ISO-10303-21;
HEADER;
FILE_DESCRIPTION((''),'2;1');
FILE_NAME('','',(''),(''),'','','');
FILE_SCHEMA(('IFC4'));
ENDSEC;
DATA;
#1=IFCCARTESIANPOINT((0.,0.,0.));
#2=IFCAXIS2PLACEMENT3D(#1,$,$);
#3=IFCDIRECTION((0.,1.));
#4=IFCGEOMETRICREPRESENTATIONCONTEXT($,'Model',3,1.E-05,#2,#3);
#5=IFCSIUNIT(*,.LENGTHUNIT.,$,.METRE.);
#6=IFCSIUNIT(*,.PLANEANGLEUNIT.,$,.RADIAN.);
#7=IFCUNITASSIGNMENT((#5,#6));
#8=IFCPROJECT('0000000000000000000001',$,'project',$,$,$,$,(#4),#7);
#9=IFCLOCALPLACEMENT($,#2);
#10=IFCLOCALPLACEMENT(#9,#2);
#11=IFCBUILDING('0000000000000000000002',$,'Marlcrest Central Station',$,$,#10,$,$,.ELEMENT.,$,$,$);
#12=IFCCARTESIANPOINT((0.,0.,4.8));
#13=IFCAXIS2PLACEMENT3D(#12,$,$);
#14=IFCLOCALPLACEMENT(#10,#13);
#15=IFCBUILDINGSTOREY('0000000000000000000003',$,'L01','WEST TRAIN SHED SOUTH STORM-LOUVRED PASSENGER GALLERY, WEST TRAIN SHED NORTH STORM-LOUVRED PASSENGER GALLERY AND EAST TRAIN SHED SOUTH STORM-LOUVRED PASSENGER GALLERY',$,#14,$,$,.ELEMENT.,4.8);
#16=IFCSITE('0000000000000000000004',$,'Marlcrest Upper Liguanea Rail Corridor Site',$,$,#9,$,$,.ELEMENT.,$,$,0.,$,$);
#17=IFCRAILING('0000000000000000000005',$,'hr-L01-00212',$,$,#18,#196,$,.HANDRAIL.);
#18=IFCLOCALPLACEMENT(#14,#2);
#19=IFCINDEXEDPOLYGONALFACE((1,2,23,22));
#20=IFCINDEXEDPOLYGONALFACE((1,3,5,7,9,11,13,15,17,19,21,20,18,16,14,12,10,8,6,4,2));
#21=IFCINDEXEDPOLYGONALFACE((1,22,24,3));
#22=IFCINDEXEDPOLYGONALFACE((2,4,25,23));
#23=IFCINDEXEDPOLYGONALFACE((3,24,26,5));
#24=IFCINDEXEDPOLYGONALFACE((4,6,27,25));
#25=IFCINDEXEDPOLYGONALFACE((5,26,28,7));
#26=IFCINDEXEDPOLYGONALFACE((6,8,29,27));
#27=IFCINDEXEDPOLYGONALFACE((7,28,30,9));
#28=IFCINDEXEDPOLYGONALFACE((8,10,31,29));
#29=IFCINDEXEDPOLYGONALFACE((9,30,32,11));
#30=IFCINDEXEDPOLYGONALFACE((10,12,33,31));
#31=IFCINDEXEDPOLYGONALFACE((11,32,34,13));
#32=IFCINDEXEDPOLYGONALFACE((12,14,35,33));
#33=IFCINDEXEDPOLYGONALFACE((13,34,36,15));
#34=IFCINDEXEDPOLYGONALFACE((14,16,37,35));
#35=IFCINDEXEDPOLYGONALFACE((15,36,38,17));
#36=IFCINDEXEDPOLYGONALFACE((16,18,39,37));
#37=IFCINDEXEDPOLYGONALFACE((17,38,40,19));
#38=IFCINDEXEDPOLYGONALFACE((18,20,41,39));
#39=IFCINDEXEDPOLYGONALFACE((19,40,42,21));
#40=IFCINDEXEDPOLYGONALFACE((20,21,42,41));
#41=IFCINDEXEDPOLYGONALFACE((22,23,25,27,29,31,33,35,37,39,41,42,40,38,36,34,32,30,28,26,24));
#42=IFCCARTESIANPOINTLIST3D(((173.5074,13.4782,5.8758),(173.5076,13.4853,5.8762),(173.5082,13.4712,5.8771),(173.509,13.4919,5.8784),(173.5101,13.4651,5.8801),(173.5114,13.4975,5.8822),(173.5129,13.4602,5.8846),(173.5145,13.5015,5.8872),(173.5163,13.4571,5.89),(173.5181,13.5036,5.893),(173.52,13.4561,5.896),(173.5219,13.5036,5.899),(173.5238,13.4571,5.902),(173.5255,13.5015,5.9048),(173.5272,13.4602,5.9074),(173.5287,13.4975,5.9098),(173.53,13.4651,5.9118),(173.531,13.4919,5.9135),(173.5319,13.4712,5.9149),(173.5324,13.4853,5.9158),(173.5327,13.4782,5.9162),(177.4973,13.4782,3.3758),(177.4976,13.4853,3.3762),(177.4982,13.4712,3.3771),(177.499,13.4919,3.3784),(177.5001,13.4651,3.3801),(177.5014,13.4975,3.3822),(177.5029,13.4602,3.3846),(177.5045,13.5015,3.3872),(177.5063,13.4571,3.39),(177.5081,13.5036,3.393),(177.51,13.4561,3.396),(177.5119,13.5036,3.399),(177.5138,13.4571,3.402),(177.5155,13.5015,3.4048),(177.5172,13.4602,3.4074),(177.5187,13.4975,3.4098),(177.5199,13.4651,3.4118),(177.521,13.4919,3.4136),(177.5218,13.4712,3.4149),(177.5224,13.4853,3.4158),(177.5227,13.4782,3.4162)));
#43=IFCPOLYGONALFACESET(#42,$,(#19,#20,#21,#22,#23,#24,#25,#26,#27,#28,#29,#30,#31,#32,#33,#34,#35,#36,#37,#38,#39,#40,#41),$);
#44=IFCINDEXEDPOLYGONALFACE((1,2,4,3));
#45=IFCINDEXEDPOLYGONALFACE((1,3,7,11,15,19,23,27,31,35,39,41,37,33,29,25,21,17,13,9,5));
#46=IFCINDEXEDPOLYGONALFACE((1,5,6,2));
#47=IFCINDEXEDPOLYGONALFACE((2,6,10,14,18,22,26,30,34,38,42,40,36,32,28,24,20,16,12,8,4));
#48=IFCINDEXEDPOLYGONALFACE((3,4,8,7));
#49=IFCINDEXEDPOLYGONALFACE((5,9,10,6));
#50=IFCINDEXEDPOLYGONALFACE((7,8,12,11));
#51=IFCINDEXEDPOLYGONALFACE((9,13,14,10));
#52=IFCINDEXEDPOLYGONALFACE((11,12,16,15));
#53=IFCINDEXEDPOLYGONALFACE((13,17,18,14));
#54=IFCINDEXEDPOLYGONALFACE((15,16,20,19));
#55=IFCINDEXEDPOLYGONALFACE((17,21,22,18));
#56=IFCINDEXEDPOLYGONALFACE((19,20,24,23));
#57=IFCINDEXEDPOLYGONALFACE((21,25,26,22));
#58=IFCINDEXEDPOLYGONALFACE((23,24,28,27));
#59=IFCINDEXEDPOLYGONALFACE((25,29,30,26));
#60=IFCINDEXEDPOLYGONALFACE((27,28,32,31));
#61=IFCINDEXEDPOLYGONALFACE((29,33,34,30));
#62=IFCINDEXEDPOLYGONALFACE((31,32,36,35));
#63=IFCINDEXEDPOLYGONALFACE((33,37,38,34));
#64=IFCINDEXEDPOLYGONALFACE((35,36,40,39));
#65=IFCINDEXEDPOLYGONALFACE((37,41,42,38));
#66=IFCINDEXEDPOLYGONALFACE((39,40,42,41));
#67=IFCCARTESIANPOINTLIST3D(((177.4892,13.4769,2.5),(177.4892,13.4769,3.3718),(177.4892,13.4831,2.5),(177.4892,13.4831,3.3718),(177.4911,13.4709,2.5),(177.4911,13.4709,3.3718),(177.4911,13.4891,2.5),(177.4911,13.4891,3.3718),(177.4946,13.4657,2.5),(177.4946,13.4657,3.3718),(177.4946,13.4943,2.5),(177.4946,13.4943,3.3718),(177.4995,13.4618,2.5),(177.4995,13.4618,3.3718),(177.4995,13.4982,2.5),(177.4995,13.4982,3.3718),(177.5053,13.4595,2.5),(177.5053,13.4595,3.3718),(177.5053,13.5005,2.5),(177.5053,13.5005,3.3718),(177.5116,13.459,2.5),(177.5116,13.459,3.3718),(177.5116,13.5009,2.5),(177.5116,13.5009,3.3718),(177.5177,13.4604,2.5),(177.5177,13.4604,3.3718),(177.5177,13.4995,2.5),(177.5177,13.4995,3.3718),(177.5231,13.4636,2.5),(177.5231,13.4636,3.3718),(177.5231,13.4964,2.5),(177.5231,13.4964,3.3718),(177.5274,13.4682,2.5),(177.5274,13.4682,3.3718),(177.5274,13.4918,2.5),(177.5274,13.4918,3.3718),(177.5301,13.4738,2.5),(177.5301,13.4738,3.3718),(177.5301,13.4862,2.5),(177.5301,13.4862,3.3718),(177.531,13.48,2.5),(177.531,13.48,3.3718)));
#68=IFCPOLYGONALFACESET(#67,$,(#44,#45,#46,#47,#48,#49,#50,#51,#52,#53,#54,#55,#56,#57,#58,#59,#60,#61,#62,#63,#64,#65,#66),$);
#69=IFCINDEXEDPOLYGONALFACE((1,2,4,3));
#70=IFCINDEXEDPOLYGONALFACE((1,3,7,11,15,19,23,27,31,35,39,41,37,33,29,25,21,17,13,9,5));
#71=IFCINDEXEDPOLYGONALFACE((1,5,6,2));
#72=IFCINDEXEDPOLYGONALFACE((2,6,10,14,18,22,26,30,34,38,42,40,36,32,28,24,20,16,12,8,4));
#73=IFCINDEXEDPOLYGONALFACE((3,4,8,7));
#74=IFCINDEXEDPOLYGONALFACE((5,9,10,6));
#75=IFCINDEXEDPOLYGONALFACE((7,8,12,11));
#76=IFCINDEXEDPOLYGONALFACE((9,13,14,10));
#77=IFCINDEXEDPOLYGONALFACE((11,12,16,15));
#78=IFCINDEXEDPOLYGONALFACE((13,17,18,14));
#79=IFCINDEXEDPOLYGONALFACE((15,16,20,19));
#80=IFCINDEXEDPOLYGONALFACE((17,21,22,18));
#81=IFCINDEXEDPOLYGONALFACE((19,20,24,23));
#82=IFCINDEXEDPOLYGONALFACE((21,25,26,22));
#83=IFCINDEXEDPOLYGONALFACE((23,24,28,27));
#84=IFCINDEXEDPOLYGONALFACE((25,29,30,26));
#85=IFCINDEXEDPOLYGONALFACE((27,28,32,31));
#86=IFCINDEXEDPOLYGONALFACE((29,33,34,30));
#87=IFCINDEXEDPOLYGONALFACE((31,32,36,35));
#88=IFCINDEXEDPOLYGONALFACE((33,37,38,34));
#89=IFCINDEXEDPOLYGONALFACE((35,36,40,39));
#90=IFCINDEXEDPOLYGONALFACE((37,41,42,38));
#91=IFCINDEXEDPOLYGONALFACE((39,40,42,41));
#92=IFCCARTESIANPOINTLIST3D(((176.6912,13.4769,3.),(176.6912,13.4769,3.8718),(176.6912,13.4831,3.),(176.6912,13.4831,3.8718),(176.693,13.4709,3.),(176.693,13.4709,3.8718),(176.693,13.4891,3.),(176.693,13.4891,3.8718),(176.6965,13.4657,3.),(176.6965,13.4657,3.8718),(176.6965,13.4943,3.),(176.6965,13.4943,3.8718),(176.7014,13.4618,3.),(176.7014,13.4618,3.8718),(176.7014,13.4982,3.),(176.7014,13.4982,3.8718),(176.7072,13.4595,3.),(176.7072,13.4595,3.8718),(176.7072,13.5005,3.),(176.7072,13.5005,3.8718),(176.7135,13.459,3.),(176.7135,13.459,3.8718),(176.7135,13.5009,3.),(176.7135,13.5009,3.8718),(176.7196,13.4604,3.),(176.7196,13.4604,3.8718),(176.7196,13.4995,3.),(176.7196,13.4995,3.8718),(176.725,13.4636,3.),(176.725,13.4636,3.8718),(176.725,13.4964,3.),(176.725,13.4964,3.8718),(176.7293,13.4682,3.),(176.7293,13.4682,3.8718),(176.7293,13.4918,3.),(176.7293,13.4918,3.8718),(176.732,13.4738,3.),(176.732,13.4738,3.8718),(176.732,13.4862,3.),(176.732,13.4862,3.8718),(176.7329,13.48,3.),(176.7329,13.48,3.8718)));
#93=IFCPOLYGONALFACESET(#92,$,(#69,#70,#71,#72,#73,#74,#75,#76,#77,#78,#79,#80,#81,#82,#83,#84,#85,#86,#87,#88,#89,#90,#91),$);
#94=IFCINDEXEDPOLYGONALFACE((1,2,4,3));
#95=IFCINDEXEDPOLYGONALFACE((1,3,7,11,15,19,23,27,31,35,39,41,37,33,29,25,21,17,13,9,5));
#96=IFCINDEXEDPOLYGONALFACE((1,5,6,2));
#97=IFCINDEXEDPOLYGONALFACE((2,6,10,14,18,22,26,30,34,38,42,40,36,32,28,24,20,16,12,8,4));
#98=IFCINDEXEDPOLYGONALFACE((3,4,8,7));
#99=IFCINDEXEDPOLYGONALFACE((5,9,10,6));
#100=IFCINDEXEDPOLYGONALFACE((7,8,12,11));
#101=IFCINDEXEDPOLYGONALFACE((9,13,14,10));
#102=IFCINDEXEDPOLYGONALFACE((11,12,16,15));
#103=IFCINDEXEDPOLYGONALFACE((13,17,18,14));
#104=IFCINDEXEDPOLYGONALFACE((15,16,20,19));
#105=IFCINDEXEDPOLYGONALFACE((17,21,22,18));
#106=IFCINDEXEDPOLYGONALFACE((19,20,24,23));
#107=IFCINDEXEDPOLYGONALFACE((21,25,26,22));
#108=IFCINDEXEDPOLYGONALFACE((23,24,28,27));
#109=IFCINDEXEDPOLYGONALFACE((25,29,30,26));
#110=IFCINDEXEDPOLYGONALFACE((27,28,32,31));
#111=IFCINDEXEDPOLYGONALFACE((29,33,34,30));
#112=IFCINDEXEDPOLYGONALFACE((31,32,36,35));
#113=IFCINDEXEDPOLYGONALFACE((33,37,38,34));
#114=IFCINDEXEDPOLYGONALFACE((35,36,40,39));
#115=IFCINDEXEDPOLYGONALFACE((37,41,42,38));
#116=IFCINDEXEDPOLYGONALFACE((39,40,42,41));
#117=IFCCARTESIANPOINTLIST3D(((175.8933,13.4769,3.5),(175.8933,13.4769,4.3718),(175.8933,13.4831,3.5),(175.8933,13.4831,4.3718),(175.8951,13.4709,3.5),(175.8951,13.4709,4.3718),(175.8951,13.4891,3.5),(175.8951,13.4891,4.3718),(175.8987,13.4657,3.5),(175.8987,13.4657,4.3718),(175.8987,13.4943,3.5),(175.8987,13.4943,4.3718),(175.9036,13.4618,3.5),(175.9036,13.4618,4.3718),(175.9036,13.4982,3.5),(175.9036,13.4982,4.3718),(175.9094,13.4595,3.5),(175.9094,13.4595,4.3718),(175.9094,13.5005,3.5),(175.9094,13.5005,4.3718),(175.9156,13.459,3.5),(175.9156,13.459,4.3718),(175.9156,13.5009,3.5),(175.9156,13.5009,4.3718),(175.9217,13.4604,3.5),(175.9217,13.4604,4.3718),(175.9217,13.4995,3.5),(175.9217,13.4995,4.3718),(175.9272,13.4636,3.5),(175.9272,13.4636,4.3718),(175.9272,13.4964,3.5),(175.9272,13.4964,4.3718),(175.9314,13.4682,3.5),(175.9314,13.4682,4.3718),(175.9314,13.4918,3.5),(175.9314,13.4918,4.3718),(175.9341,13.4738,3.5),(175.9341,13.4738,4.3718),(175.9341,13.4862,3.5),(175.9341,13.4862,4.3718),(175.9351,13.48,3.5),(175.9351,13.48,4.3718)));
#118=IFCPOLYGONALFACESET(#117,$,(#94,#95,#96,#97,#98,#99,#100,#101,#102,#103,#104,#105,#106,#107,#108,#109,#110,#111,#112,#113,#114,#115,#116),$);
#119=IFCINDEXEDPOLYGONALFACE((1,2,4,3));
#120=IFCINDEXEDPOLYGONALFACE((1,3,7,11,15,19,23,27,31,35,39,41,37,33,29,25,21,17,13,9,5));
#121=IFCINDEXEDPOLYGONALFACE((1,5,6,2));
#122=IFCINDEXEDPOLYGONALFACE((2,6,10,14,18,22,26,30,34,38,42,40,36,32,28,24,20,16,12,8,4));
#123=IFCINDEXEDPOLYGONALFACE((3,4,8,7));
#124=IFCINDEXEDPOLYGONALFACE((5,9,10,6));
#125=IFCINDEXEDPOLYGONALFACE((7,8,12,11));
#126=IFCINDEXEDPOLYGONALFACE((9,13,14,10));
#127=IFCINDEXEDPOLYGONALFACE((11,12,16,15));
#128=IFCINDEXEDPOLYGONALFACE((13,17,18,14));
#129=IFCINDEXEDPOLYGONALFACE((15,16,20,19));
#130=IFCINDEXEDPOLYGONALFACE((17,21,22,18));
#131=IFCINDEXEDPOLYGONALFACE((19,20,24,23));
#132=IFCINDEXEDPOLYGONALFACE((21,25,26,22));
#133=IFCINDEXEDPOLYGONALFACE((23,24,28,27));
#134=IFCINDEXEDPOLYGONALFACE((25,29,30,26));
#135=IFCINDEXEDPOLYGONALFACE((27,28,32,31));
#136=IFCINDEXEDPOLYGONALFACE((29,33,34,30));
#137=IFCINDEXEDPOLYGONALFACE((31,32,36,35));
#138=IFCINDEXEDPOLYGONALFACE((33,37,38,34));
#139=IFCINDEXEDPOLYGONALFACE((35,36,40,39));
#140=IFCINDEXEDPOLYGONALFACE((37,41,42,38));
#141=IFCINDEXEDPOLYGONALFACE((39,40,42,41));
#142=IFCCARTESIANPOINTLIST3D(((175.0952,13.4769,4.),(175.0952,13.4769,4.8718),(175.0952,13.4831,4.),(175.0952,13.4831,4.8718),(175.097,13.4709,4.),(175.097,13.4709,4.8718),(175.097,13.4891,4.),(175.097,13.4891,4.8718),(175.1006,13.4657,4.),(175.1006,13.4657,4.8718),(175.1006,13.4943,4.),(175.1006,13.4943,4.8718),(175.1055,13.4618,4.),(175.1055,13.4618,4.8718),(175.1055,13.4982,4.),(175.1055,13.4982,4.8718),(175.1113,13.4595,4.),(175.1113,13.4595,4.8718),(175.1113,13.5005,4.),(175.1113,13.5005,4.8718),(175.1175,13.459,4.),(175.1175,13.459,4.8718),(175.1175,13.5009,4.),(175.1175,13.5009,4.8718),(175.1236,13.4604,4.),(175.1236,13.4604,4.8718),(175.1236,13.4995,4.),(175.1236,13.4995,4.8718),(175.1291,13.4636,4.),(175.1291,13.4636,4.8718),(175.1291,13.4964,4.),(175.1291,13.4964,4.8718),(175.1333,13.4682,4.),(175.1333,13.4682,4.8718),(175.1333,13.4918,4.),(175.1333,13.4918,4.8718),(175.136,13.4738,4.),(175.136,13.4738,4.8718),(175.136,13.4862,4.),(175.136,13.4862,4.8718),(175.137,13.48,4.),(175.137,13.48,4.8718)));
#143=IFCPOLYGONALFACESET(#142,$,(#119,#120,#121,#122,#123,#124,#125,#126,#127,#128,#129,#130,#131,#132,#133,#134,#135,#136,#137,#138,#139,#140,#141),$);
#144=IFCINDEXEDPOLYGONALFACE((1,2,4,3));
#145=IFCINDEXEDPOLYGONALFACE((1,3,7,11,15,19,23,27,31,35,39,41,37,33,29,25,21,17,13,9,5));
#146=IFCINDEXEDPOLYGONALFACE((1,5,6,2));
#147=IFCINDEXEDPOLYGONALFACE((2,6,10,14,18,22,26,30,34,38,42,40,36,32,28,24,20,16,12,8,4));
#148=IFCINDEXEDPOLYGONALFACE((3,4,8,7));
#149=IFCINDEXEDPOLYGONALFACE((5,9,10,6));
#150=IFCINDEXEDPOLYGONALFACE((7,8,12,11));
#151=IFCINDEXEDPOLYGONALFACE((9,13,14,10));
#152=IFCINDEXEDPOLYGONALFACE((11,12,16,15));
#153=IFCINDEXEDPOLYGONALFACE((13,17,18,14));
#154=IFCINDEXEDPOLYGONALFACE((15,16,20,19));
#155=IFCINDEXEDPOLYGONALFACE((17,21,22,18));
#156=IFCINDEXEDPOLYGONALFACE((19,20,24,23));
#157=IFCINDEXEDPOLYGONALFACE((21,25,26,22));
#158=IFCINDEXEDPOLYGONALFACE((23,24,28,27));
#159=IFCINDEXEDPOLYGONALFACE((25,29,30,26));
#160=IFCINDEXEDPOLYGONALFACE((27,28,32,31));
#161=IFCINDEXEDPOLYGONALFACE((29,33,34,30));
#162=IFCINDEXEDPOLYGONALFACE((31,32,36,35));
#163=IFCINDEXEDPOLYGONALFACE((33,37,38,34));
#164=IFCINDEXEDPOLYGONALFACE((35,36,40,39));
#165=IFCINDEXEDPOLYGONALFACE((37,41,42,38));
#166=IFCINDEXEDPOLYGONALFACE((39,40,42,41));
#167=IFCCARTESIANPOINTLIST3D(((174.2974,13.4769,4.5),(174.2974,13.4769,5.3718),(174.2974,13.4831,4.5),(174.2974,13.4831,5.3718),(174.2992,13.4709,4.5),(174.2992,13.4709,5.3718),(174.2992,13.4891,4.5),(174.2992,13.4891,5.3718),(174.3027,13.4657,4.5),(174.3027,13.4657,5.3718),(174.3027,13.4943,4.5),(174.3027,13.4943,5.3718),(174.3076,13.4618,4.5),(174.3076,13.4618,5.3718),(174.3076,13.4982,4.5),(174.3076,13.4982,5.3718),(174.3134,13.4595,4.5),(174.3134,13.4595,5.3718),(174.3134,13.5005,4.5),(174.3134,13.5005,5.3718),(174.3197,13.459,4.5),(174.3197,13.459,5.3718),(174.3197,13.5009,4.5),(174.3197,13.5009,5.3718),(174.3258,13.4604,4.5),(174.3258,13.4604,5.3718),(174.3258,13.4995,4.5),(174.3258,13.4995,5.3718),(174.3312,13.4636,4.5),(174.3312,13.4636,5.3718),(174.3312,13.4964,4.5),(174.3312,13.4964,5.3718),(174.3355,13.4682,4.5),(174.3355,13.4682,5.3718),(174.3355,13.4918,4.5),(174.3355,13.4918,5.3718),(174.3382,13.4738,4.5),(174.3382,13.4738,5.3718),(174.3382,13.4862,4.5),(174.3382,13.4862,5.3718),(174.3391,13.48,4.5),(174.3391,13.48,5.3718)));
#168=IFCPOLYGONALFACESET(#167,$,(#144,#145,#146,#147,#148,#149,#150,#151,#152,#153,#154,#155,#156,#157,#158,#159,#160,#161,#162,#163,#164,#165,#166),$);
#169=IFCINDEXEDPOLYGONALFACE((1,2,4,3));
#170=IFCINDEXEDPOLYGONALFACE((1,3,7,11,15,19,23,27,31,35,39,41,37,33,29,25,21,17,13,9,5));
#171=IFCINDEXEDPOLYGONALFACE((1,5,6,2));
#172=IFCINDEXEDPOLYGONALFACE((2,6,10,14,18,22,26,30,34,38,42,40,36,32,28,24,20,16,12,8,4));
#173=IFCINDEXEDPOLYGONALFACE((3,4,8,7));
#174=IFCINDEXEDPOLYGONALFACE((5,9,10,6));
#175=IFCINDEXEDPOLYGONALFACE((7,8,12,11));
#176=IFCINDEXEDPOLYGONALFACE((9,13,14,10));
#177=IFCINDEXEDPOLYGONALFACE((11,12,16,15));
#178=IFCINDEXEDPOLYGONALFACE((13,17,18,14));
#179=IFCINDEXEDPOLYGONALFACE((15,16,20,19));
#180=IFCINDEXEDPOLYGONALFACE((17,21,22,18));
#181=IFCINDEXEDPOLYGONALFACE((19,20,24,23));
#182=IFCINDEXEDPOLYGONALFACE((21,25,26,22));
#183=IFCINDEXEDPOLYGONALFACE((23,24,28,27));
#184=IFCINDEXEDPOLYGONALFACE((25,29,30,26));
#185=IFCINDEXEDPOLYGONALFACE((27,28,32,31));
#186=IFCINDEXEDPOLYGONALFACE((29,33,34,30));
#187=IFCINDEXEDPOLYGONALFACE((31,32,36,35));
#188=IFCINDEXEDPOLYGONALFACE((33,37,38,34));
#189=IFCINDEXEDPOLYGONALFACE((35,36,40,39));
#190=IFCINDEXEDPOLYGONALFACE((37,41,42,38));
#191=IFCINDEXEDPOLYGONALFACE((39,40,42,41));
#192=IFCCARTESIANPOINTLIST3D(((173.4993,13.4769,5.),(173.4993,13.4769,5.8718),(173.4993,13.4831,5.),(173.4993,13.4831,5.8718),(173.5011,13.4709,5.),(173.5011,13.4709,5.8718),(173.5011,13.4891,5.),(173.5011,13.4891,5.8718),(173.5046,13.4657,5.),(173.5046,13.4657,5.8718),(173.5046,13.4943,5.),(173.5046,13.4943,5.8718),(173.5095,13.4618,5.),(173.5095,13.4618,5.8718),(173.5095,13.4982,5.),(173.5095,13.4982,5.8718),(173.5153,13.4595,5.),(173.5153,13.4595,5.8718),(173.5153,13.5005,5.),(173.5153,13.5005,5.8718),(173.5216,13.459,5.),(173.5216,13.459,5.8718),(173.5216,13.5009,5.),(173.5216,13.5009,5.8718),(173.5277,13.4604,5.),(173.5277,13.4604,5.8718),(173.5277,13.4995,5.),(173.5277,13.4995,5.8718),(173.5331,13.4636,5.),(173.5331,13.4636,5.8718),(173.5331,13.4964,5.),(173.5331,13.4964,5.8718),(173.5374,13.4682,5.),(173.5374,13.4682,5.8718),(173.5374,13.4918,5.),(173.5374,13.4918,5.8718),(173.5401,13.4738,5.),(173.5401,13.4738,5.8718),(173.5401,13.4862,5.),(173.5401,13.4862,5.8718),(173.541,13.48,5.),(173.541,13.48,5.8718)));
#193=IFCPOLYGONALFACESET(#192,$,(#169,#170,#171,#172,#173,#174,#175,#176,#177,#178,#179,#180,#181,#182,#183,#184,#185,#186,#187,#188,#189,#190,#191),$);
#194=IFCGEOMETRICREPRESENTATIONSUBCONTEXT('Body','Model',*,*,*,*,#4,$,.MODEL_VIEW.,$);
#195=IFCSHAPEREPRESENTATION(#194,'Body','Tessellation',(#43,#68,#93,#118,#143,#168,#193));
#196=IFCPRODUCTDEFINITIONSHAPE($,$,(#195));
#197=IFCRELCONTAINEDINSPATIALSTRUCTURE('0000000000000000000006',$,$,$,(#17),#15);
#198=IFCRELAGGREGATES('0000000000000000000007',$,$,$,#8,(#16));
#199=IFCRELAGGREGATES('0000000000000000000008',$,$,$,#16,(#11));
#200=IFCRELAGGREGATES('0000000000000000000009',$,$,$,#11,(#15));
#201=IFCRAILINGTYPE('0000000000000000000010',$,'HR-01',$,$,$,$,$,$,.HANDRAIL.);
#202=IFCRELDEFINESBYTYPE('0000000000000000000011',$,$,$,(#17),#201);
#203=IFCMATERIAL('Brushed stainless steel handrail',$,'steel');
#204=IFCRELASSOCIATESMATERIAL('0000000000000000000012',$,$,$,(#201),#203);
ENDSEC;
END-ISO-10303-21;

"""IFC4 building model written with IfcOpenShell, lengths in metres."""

from ifc_helpers import new_model, si_unit, direction, frame, origin, origin_2d, place, context, subcontext, project, spatial, circle, extrude, material, type_object, element, save


model = new_model("IFC4")

# Units and contexts
model_context = context("Model", 3, precision=1e-05, world=origin(), true_north=direction((0.0, 1.0)))
body_context = subcontext(model_context, "Body", "Model", "MODEL_VIEW")
ifc_project = project(units=[si_unit("LENGTHUNIT", "METRE"), si_unit("PLANEANGLEUNIT", "RADIAN")], contexts=[model_context])

# Site, building, storey
site_placement = place(None, origin())
site = spatial("IfcSite", under=ifc_project, at=site_placement, Name="Marlcrest Upper Liguanea Rail Corridor Site", CompositionType="ELEMENT", RefElevation=0.0)
building_placement = place(site_placement, origin())
building = spatial("IfcBuilding", under=site, at=building_placement, Name="Marlcrest Central Station", CompositionType="ELEMENT")
storey_placement = place(building_placement, frame((0.0, 0.0, 4.8)))
storey = spatial("IfcBuildingStorey", under=building, at=storey_placement, Name="L01", Description="WEST TRAIN SHED SOUTH STORM-LOUVRED PASSENGER GALLERY, WEST TRAIN SHED NORTH STORM-LOUVRED PASSENGER GALLERY AND EAST TRAIN SHED SOUTH STORM-LOUVRED PASSENGER GALLERY", CompositionType="ELEMENT", Elevation=4.8)

# Railing
ifc_material_1 = material(Name="Brushed stainless steel handrail", Category="steel")
railing_type_1 = type_object("IfcRailingType", Name="HR-01", PredefinedType="HANDRAIL", material=ifc_material_1)
railing_1_placement = place(storey_placement, frame((177.51, 13.48, 2.5)))
element("IfcRailing", 1, at=railing_1_placement, inside=storey, type_object=railing_type_1, Name="hr-L01-00212", PredefinedType="HANDRAIL", context=body_context, shape_type="SweptSolid", body=[
    extrude(circle(Radius=0.0239, at=origin_2d()), frame((0.0, 0.0, 0.896), z_axis=(-0.847401, 0.0, 0.530954), x_axis=(0.0, -1.0, 0.0)), (0.0, 0.0, 1.0), 4.7085),
    extrude(circle(Radius=0.021, at=origin_2d()), origin(), (0.0, 0.0, 1.0), 0.8718),
    extrude(circle(Radius=0.021, at=origin_2d()), frame((-0.7981, 0.0, 0.5)), (0.0, 0.0, 1.0), 0.8718),
    extrude(circle(Radius=0.021, at=origin_2d()), frame((-1.5959, 0.0, 1.0)), (0.0, 0.0, 1.0), 0.8718),
    extrude(circle(Radius=0.021, at=origin_2d()), frame((-2.394, 0.0, 1.5)), (0.0, 0.0, 1.0), 0.8718),
    extrude(circle(Radius=0.021, at=origin_2d()), frame((-3.1919, 0.0, 2.0)), (0.0, 0.0, 1.0), 0.8718),
    extrude(circle(Radius=0.021, at=origin_2d()), frame((-3.99, 0.0, 2.5)), (0.0, 0.0, 1.0), 0.8718),
])

save(model, "model.ifc")
